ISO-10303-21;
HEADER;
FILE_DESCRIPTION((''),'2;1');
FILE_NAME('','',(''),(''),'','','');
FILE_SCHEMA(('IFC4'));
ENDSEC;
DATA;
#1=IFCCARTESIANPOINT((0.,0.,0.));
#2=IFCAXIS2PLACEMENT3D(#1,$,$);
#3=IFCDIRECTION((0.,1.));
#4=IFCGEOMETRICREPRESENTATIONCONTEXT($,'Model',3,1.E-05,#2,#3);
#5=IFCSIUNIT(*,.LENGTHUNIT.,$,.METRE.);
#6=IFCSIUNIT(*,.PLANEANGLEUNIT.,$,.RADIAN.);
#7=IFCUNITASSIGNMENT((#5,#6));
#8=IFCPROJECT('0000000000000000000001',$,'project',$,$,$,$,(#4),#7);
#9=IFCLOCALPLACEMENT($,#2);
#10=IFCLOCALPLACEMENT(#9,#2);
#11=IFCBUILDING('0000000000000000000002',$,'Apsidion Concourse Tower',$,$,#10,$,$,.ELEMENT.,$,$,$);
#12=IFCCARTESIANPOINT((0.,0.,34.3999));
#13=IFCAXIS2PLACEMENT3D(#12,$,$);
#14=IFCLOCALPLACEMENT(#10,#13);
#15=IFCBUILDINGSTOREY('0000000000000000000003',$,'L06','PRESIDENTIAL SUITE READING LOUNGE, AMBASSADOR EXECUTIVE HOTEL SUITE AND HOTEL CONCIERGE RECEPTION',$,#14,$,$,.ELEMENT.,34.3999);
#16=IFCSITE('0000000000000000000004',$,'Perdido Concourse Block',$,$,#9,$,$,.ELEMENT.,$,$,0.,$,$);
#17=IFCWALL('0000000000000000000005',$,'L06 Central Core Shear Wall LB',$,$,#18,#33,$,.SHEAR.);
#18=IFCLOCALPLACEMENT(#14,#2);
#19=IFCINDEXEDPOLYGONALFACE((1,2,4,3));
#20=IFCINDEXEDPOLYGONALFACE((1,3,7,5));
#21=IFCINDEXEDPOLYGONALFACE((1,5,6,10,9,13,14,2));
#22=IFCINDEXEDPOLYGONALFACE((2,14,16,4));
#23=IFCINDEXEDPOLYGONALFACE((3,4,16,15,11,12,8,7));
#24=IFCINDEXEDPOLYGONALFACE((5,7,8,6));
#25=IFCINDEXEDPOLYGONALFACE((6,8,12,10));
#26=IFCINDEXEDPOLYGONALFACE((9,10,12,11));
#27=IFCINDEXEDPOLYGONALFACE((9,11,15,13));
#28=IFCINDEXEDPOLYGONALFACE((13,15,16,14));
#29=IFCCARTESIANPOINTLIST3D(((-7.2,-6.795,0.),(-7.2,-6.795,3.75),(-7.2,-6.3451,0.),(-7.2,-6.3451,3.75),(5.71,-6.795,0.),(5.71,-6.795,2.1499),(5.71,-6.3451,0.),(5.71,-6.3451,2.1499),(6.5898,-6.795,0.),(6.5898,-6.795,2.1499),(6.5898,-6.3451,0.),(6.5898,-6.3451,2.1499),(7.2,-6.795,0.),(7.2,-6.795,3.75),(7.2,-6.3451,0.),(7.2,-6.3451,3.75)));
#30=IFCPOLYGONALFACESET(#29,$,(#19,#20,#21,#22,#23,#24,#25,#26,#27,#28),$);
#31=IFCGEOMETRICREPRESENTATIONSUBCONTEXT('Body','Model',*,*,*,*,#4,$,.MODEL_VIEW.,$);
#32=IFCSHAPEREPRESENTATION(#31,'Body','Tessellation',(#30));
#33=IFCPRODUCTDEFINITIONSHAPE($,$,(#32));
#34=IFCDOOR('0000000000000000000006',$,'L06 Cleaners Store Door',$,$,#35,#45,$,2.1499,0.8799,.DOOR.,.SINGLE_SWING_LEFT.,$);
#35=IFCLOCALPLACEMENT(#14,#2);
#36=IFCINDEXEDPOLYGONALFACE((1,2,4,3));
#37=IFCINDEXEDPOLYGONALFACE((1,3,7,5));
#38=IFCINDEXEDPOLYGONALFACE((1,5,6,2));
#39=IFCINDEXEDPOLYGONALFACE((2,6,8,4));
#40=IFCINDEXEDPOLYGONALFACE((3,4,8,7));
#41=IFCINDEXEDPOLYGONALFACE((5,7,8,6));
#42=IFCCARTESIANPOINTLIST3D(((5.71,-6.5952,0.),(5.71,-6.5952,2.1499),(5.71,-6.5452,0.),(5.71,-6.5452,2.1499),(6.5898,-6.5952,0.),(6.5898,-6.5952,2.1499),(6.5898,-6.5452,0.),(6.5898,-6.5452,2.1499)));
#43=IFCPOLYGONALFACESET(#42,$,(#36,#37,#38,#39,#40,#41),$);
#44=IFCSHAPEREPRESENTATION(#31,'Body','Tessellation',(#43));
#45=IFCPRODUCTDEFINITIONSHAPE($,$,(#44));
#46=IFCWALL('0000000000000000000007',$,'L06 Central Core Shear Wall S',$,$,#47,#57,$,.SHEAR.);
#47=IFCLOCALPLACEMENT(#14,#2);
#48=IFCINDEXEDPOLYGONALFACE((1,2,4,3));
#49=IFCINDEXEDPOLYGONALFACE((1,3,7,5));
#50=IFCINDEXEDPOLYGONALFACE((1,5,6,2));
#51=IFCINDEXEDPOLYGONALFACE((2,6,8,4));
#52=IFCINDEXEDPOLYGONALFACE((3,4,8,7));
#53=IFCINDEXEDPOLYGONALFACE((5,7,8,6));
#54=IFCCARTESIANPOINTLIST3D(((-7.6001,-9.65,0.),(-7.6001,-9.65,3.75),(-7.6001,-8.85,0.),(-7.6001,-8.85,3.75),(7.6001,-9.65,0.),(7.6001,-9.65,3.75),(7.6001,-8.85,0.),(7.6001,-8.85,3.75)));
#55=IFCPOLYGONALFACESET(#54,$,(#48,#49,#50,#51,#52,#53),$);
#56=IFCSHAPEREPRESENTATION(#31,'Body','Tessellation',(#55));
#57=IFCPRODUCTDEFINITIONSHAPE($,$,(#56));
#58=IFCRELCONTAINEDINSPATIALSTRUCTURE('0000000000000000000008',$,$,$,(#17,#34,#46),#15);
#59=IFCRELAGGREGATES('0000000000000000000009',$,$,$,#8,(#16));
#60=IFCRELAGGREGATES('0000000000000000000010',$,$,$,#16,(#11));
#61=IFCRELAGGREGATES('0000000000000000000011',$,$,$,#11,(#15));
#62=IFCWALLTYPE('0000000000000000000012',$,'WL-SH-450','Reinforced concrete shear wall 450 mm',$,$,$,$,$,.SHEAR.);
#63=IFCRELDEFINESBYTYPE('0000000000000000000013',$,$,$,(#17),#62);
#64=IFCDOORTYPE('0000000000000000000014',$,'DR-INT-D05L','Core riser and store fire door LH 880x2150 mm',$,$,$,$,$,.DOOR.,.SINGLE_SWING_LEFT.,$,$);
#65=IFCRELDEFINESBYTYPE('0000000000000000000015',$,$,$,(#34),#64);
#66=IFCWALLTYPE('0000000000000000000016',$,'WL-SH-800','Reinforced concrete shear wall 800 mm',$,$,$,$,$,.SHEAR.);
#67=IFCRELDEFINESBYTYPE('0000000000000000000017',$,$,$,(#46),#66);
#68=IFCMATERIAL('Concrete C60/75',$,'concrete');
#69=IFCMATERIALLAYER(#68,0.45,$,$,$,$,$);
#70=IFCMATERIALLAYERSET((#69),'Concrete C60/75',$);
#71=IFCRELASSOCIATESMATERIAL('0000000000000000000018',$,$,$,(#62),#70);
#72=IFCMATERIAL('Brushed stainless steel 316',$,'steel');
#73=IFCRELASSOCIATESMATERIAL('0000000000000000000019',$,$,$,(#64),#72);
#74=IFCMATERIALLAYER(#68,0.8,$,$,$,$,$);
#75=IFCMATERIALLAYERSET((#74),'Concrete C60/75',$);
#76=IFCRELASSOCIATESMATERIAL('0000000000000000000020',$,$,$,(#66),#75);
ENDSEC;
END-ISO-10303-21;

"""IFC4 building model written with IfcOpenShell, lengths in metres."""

from ifc_helpers import new_model, si_unit, direction, frame, frame_2d, origin, place, context, subcontext, project, spatial, rectangle, extrude, material, layer, layer_set, type_object, element, fill, save


model = new_model("IFC4")

# Units and contexts
model_context = context("Model", 3, precision=1e-05, world=origin(), true_north=direction((0.0, 1.0)))
body_context = subcontext(model_context, "Body", "Model", "MODEL_VIEW")
ifc_project = project(units=[si_unit("LENGTHUNIT", "METRE"), si_unit("PLANEANGLEUNIT", "RADIAN")], contexts=[model_context])

# Site, building, storey
site_placement = place(None, origin())
site = spatial("IfcSite", under=ifc_project, at=site_placement, Name="Perdido Concourse Block", CompositionType="ELEMENT", RefElevation=0.0)
building_placement = place(site_placement, origin())
building = spatial("IfcBuilding", under=site, at=building_placement, Name="Apsidion Concourse Tower", CompositionType="ELEMENT")
storey_placement = place(building_placement, frame((0.0, 0.0, 34.3999)))
storey = spatial("IfcBuildingStorey", under=building, at=storey_placement, Name="L06", Description="PRESIDENTIAL SUITE READING LOUNGE, AMBASSADOR EXECUTIVE HOTEL SUITE AND HOTEL CONCIERGE RECEPTION", CompositionType="ELEMENT", Elevation=34.3999)

# Shared definitions
ifc_material_1 = material(Name="Concrete C60/75", Category="concrete")

# Wall, opening, door
ifc_layer_1 = layer(ifc_material_1, 0.45)
ifc_layer_set_1 = layer_set([ifc_layer_1], Name="Concrete C60/75")
wall_type_1 = type_object("IfcWallType", Name="WL-SH-450", Description="Reinforced concrete shear wall 450 mm", PredefinedType="SHEAR", material=ifc_layer_set_1)
wall_1_placement = place(storey_placement, frame((-7.2, -6.5701, 0.0), z_axis=(0.0, 0.0, 1.0), x_axis=(1.0, 0.0, 0.0)))
wall_1 = element("IfcWall", 1, at=wall_1_placement, inside=storey, type_object=wall_type_1, Name="L06 Central Core Shear Wall LB", PredefinedType="SHEAR", context=body_context, shape_type="SweptSolid", body=[
    extrude(rectangle(XDim=14.3999, YDim=0.45, at=frame_2d((7.2, 0.0))), origin(), (0.0, 0.0, 1.0), 3.75),
])
opening_1_placement = place(wall_1_placement, frame((12.9099, 0.0, 0.0)))
opening_1 = element("IfcOpeningElement", 2, at=opening_1_placement, cuts=wall_1, PredefinedType="OPENING", context=body_context, shape_type="SweptSolid", body=[
    extrude(rectangle(XDim=0.8799, YDim=2.1499, at=frame_2d((0.4399, 1.075))), frame((0.0, 0.2349, 0.0), z_axis=(0.0, -1.0, 0.0), x_axis=(1.0, 0.0, 0.0)), (0.0, 0.0, 1.0), 0.47),
])
ifc_material_2 = material(Name="Brushed stainless steel 316", Category="steel")
door_type_1 = type_object("IfcDoorType", Name="DR-INT-D05L", Description="Core riser and store fire door LH 880x2150 mm", OperationType="SINGLE_SWING_LEFT", PredefinedType="DOOR", material=ifc_material_2)
door_1_placement = place(opening_1_placement, origin())
door_1 = element("IfcDoor", 3, at=door_1_placement, inside=storey, type_object=door_type_1, Name="L06 Cleaners Store Door", OperationType="SINGLE_SWING_LEFT", OverallHeight=2.1499, OverallWidth=0.8799, PredefinedType="DOOR", context=body_context, shape_type="SweptSolid", body=[
    extrude(rectangle(XDim=0.8799, YDim=2.1499, at=frame_2d((0.4399, 1.075))), frame((0.0, 0.0249, 0.0), z_axis=(0.0, -1.0, 0.0), x_axis=(1.0, 0.0, 0.0)), (0.0, 0.0, 1.0), 0.05),
])
fill(opening_1, door_1)

# Shared definitions
ifc_layer_2 = layer(ifc_material_1, 0.8)
ifc_layer_set_2 = layer_set([ifc_layer_2], Name="Concrete C60/75")
wall_type_2 = type_object("IfcWallType", Name="WL-SH-800", Description="Reinforced concrete shear wall 800 mm", PredefinedType="SHEAR", material=ifc_layer_set_2)

# Wall
wall_2_placement = place(storey_placement, frame((-7.6001, -9.25, 0.0), z_axis=(0.0, 0.0, 1.0), x_axis=(1.0, 0.0, 0.0)))
element("IfcWall", 4, at=wall_2_placement, inside=storey, type_object=wall_type_2, Name="L06 Central Core Shear Wall S", PredefinedType="SHEAR", context=body_context, shape_type="SweptSolid", body=[
    extrude(rectangle(XDim=15.2002, YDim=0.8, at=frame_2d((7.6001, 0.0))), origin(), (0.0, 0.0, 1.0), 3.75),
])

save(model, "model.ifc")
